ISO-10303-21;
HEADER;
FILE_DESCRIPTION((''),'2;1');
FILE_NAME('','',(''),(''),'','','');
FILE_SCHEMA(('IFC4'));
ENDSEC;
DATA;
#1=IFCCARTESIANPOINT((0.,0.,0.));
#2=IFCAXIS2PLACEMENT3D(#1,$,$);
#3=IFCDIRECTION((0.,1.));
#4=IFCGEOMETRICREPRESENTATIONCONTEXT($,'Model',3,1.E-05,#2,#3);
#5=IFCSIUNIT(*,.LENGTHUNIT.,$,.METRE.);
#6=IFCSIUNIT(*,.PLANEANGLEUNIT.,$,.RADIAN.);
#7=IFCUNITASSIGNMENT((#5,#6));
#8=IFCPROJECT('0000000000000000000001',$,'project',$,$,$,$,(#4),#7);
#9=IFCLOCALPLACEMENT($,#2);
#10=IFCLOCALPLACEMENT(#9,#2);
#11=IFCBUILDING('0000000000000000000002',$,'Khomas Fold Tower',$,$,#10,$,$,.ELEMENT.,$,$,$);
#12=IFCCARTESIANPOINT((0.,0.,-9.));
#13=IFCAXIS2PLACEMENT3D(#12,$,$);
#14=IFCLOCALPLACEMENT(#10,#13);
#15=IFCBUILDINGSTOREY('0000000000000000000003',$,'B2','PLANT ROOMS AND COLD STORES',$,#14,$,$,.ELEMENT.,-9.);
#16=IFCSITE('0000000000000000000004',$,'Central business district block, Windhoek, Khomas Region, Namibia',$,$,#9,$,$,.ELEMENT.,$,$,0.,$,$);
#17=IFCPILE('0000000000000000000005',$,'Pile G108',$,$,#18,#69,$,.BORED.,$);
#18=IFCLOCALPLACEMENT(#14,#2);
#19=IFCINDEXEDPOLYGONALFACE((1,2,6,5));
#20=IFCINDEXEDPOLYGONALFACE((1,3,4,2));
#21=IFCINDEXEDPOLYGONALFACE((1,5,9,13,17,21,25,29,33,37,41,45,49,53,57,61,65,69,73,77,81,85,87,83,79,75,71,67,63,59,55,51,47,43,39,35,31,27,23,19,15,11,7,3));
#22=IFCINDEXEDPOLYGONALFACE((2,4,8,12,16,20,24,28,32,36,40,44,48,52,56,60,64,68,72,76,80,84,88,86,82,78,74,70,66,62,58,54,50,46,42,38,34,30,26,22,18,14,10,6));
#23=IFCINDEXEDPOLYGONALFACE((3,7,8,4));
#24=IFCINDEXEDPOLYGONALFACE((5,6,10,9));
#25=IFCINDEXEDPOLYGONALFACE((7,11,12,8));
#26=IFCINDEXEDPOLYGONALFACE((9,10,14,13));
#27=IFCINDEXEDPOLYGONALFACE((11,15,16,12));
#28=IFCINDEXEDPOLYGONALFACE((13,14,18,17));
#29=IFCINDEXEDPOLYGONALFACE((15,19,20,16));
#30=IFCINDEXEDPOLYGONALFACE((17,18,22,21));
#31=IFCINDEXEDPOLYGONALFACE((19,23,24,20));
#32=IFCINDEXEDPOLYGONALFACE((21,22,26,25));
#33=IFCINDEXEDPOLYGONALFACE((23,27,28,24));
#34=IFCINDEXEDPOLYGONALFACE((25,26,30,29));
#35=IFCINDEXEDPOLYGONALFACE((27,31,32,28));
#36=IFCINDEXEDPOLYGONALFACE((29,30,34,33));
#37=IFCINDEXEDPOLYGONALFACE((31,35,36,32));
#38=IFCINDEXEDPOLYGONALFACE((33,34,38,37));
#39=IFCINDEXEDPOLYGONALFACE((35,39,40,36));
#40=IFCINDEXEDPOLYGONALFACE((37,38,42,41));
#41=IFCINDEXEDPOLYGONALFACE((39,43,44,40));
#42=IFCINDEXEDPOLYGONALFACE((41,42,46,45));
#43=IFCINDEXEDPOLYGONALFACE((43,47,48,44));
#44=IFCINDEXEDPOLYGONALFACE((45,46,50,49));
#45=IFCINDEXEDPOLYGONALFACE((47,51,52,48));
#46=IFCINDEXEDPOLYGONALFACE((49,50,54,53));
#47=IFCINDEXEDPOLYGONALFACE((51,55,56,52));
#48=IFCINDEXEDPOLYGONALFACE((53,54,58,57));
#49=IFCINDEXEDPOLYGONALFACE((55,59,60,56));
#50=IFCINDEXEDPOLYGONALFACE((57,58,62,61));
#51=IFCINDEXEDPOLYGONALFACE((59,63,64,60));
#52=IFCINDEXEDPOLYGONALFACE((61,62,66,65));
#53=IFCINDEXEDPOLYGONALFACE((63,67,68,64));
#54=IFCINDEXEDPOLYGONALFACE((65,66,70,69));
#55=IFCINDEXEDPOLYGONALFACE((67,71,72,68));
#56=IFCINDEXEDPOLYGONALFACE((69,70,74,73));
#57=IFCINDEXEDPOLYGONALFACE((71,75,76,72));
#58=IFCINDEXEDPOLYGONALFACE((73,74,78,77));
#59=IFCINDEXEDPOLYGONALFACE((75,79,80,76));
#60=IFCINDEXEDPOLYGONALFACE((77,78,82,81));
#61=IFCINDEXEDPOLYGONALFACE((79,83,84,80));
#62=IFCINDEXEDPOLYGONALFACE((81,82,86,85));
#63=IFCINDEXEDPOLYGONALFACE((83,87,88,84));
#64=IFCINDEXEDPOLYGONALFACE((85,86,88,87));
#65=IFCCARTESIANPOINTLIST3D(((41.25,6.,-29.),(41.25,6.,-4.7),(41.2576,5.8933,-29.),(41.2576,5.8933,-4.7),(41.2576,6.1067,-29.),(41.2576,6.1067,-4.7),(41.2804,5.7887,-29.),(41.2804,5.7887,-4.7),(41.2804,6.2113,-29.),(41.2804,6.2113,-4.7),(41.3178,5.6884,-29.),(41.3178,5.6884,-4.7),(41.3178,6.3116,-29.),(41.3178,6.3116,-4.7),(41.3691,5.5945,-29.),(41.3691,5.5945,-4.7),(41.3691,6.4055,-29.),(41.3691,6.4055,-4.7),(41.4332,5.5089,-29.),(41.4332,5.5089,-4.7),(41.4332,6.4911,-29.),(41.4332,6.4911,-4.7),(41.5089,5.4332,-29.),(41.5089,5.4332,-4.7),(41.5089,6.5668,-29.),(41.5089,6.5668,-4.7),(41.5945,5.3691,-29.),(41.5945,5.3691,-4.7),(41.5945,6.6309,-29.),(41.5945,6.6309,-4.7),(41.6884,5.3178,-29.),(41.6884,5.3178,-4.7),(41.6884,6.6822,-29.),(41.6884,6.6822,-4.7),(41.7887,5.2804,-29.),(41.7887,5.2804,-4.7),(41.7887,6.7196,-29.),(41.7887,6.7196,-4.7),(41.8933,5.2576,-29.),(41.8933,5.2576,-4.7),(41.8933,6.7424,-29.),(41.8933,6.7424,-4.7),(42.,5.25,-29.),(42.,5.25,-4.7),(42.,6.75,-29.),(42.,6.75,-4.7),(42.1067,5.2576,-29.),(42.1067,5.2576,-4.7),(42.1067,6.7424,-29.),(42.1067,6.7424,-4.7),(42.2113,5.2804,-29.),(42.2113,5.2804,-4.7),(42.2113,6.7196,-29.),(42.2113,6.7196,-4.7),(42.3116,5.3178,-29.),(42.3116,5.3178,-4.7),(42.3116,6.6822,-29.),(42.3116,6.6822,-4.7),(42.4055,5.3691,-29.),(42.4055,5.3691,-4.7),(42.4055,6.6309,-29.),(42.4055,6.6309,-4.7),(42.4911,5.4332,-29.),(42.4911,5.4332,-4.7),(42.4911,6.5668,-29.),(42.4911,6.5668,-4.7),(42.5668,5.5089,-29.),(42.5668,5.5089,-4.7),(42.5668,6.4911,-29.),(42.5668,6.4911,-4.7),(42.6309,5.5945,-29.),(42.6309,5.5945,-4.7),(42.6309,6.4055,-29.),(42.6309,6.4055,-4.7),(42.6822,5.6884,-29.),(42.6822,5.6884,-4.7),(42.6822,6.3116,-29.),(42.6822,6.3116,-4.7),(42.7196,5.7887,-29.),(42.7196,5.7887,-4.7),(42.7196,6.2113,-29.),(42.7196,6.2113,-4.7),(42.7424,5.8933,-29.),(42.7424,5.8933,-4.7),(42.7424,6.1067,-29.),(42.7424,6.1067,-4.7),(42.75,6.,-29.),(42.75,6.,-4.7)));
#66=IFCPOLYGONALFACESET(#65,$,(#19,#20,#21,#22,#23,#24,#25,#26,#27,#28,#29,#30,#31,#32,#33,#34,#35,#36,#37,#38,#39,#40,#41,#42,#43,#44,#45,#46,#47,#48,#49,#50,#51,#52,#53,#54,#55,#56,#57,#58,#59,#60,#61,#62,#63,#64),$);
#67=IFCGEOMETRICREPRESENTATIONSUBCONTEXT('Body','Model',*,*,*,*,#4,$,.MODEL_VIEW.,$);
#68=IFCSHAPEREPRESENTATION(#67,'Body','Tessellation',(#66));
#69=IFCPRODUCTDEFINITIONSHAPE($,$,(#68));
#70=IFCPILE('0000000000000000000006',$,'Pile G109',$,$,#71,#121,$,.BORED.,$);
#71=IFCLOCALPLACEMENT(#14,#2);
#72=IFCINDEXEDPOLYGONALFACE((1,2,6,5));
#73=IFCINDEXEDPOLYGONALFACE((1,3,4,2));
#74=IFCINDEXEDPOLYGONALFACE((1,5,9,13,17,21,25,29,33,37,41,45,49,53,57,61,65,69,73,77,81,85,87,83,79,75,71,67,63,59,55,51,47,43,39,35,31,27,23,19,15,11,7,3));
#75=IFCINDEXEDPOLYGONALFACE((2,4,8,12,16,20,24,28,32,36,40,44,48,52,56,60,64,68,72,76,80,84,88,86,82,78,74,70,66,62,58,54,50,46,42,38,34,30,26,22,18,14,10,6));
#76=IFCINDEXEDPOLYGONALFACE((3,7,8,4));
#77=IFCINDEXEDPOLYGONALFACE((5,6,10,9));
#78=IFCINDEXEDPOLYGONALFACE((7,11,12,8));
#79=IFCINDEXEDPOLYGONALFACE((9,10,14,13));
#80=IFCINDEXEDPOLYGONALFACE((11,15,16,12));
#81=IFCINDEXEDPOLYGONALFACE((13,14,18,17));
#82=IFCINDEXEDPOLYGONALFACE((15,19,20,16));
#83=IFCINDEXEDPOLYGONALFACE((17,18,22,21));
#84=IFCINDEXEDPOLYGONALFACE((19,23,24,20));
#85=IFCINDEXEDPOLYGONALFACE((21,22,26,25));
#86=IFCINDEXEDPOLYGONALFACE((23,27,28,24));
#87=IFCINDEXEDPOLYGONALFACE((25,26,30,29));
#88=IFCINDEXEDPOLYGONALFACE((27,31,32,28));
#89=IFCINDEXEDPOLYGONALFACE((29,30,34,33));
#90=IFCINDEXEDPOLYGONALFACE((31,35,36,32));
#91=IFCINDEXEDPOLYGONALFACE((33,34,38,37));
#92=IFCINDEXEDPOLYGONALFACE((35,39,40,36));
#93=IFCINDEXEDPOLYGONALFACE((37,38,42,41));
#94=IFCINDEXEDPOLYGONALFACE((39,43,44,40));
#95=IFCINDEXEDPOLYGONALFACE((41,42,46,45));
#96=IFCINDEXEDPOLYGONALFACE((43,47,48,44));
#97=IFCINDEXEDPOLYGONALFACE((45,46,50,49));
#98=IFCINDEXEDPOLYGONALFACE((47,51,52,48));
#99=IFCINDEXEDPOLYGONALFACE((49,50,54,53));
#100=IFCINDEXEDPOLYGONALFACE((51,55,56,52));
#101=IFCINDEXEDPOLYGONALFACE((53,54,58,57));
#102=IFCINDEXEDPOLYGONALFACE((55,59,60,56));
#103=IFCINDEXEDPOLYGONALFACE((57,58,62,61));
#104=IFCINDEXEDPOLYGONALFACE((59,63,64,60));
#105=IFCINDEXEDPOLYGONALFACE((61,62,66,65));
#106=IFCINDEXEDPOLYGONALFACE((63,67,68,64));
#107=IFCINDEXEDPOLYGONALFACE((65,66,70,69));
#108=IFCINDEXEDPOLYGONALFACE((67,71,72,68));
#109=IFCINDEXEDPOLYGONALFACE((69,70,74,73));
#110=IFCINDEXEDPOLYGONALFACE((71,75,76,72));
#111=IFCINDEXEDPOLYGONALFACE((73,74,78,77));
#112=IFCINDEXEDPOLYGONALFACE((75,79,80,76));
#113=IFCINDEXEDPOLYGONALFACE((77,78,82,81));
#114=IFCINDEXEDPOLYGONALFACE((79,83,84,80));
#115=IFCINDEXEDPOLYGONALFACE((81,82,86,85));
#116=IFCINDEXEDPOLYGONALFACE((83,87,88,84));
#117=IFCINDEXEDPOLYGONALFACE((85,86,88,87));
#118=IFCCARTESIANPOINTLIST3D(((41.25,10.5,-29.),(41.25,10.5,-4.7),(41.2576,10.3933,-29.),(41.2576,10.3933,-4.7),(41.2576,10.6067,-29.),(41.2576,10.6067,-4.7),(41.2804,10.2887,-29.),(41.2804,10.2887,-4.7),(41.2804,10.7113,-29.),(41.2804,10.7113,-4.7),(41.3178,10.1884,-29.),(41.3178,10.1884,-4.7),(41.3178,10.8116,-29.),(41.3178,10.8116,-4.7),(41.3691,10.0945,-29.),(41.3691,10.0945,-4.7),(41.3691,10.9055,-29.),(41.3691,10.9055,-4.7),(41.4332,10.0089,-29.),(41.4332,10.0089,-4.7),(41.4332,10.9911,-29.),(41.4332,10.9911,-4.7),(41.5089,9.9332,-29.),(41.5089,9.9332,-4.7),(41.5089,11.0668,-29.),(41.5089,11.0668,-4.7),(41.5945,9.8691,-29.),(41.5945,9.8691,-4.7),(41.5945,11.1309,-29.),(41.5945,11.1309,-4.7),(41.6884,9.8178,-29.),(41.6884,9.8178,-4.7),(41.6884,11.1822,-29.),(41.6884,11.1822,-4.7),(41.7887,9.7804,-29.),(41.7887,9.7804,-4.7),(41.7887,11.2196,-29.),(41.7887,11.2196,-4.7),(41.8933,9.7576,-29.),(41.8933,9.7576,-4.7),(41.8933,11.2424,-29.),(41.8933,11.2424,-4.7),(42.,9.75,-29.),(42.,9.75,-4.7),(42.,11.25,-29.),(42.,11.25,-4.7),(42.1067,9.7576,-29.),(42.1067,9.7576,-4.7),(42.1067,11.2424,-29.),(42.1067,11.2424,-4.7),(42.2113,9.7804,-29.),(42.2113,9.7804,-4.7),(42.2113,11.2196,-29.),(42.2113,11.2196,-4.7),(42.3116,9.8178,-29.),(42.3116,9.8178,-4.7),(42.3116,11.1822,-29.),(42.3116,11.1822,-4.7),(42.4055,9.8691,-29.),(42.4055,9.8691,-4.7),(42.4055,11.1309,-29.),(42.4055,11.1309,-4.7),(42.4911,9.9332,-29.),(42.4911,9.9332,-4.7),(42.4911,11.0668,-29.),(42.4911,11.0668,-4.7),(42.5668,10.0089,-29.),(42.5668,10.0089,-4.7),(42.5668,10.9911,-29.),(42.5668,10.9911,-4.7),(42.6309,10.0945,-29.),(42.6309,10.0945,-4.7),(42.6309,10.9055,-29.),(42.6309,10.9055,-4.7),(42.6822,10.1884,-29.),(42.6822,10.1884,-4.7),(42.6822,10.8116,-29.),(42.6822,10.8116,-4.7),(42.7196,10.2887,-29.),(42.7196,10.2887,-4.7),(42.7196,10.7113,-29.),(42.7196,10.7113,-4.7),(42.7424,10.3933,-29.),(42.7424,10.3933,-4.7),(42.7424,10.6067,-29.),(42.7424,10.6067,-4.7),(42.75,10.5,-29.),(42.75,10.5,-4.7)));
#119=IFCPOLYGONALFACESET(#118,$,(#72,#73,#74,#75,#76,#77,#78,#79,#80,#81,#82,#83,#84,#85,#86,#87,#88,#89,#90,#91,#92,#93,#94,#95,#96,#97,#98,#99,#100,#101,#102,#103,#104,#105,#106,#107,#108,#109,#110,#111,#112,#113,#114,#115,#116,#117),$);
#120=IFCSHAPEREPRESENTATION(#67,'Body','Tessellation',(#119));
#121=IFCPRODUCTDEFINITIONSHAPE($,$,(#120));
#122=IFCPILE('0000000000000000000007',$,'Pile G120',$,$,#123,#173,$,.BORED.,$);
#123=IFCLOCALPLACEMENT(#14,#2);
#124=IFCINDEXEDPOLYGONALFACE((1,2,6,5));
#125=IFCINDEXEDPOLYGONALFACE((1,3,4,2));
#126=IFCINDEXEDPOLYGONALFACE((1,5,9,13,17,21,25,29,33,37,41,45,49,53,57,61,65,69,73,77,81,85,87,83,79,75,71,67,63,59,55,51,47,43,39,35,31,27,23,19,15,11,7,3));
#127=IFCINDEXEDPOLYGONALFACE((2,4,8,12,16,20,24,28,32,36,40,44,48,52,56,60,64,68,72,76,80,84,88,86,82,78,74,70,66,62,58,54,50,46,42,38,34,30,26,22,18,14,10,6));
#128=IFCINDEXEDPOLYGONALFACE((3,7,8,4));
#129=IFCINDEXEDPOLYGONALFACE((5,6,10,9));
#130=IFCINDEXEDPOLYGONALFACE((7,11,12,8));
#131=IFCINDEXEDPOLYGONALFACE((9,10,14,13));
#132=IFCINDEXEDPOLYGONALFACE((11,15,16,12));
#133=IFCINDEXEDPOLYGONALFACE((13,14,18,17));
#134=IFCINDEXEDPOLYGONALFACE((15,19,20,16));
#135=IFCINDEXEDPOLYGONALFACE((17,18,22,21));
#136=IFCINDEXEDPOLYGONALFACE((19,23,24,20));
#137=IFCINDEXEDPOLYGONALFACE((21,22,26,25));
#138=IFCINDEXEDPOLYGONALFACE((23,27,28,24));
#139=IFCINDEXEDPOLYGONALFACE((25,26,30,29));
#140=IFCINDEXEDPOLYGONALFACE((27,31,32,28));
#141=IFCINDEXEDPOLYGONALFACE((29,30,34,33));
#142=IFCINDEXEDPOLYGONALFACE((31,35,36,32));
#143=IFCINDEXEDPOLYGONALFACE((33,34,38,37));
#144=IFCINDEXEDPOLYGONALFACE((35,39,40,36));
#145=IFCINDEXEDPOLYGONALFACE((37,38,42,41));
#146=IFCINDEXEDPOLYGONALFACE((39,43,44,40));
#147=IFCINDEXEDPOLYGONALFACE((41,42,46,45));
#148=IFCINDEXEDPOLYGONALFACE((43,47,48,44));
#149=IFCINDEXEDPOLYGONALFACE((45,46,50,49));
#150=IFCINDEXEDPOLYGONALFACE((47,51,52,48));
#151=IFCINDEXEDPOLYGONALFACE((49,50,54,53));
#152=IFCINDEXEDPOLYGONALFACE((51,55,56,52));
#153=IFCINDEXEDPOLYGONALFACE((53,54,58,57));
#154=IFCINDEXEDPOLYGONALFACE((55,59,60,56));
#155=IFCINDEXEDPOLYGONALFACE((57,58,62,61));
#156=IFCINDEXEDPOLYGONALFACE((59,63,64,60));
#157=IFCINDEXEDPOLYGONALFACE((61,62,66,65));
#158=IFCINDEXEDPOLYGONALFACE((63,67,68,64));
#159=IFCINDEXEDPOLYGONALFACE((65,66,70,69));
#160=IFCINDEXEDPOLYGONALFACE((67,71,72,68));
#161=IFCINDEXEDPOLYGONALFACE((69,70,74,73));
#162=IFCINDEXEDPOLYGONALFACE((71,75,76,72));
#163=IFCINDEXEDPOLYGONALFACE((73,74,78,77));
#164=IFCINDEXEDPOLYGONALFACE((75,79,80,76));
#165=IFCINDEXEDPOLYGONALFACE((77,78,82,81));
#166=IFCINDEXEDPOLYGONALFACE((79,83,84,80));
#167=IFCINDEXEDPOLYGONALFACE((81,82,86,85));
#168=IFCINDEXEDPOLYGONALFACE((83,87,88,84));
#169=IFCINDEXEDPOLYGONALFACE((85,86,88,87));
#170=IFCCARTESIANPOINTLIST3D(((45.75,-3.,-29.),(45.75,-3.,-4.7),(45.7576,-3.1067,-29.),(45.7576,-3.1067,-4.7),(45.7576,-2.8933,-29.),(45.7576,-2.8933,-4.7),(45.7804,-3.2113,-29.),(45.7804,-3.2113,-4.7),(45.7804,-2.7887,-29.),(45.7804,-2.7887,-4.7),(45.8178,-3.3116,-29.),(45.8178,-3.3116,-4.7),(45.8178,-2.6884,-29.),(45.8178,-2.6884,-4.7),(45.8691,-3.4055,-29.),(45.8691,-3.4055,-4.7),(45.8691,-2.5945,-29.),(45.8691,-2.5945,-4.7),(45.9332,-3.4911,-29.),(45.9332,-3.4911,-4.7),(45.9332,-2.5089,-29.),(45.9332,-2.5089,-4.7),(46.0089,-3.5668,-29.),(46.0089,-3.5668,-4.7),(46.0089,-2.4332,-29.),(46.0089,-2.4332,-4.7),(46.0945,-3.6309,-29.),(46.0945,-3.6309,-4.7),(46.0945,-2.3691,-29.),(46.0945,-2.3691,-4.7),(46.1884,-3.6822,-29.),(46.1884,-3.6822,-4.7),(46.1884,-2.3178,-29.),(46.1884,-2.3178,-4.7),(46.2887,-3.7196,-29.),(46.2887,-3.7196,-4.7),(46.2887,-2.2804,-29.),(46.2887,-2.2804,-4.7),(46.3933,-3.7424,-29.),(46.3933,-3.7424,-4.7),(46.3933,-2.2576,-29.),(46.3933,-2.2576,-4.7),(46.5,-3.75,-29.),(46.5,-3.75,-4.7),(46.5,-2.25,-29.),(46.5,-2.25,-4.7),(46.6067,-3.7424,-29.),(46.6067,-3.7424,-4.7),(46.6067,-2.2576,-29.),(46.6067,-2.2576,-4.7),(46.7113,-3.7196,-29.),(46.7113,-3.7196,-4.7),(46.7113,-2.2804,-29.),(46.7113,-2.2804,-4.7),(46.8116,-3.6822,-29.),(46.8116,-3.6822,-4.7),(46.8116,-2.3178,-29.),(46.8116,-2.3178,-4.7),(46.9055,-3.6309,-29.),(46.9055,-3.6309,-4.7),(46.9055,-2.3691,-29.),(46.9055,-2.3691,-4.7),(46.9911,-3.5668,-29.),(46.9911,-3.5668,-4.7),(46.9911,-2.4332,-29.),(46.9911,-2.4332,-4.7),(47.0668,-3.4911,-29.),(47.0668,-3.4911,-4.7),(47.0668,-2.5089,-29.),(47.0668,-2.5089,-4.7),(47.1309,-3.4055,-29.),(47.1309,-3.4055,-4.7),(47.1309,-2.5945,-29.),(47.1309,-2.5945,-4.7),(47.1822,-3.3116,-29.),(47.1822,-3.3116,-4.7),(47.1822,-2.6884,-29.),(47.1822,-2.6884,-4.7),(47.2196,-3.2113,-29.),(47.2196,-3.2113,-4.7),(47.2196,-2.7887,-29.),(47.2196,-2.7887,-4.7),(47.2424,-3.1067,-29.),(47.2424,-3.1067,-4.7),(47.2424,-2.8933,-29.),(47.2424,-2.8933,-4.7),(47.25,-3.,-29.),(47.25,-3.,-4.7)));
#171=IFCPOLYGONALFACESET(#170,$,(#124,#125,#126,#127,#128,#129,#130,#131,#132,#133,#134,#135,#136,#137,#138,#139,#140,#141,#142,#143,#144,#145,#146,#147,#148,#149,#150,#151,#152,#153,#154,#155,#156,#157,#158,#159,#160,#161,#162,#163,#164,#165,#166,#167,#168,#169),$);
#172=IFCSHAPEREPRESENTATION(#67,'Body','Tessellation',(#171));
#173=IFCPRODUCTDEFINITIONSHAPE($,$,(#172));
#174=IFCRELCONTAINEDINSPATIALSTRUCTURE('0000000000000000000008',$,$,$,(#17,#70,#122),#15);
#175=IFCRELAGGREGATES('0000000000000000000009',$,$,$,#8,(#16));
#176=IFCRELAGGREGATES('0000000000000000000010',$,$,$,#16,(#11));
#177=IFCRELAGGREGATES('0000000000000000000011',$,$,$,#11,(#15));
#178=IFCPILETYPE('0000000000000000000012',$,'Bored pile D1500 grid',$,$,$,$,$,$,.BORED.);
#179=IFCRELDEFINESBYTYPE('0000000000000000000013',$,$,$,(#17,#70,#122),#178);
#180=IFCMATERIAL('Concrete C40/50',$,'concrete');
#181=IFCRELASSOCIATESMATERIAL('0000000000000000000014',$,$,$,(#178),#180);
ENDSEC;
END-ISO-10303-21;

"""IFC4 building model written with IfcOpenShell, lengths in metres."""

from ifc_helpers import new_model, si_unit, direction, frame, origin, origin_2d, place, context, subcontext, project, spatial, circle, extrude, source, transform, mapped, material, material_profile, profile_set, type_object, element, save


model = new_model("IFC4")

# Units and contexts
model_context = context("Model", 3, precision=1e-05, world=origin(), true_north=direction((0.0, 1.0)))
body_context = subcontext(model_context, "Body", "Model", "MODEL_VIEW")
ifc_project = project(units=[si_unit("LENGTHUNIT", "METRE"), si_unit("PLANEANGLEUNIT", "RADIAN")], contexts=[model_context])

# Site, building, storey
site_placement = place(None, origin())
site = spatial("IfcSite", under=ifc_project, at=site_placement, Name="Central business district block, Windhoek, Khomas Region, Namibia", CompositionType="ELEMENT", RefElevation=0.0)
building_placement = place(site_placement, origin())
building = spatial("IfcBuilding", under=site, at=building_placement, Name="Khomas Fold Tower", CompositionType="ELEMENT")
storey_placement = place(building_placement, frame((0.0, 0.0, -9.0)))
storey = spatial("IfcBuildingStorey", under=building, at=storey_placement, Name="B2", Description="PLANT ROOMS AND COLD STORES", CompositionType="ELEMENT", Elevation=-9.0)

# Piles
ifc_material_1 = material(Name="Concrete C40/50", Category="concrete")
ifc_material_profile_1 = material_profile(ifc_material_1, circle(Radius=0.75, at=origin_2d()), Name="PILE D1500")
ifc_profile_set_1 = profile_set([ifc_material_profile_1], Name="Concrete C40/50")
pile_type = type_object("IfcPileType", Name="Bored pile D1500 grid", PredefinedType="BORED", material=ifc_profile_set_1)
shared_shape_1 = source(origin(), body_context, "Body", "SweptSolid", [
    extrude(circle(Radius=0.75, at=origin_2d()), origin(), (0.0, 0.0, 1.0), 24.3),
])
for number, where, z_axis, x_axis, name in (
    (1, (42.0, 6.0, -4.7), (0.0, 0.0, -1.0), (1.0, 0.0, 0.0), "Pile G108"),
    (2, (42.0, 10.5, -4.7), (0.0, 0.0, -1.0), (1.0, 0.0, 0.0), "Pile G109"),
    (3, (46.5, -3.0, -4.7), (0.0, 0.0, -1.0), (1.0, 0.0, 0.0), "Pile G120"),
):
    element("IfcPile", number, at=place(storey_placement, frame(where, z_axis=z_axis, x_axis=x_axis)), inside=storey, type_object=pile_type, Name=name, PredefinedType="BORED", context=body_context, shape_type="MappedRepresentation", body=[
        mapped(shared_shape_1, transform((0.0, 0.0, 0.0))),
    ])

save(model, "model.ifc")
